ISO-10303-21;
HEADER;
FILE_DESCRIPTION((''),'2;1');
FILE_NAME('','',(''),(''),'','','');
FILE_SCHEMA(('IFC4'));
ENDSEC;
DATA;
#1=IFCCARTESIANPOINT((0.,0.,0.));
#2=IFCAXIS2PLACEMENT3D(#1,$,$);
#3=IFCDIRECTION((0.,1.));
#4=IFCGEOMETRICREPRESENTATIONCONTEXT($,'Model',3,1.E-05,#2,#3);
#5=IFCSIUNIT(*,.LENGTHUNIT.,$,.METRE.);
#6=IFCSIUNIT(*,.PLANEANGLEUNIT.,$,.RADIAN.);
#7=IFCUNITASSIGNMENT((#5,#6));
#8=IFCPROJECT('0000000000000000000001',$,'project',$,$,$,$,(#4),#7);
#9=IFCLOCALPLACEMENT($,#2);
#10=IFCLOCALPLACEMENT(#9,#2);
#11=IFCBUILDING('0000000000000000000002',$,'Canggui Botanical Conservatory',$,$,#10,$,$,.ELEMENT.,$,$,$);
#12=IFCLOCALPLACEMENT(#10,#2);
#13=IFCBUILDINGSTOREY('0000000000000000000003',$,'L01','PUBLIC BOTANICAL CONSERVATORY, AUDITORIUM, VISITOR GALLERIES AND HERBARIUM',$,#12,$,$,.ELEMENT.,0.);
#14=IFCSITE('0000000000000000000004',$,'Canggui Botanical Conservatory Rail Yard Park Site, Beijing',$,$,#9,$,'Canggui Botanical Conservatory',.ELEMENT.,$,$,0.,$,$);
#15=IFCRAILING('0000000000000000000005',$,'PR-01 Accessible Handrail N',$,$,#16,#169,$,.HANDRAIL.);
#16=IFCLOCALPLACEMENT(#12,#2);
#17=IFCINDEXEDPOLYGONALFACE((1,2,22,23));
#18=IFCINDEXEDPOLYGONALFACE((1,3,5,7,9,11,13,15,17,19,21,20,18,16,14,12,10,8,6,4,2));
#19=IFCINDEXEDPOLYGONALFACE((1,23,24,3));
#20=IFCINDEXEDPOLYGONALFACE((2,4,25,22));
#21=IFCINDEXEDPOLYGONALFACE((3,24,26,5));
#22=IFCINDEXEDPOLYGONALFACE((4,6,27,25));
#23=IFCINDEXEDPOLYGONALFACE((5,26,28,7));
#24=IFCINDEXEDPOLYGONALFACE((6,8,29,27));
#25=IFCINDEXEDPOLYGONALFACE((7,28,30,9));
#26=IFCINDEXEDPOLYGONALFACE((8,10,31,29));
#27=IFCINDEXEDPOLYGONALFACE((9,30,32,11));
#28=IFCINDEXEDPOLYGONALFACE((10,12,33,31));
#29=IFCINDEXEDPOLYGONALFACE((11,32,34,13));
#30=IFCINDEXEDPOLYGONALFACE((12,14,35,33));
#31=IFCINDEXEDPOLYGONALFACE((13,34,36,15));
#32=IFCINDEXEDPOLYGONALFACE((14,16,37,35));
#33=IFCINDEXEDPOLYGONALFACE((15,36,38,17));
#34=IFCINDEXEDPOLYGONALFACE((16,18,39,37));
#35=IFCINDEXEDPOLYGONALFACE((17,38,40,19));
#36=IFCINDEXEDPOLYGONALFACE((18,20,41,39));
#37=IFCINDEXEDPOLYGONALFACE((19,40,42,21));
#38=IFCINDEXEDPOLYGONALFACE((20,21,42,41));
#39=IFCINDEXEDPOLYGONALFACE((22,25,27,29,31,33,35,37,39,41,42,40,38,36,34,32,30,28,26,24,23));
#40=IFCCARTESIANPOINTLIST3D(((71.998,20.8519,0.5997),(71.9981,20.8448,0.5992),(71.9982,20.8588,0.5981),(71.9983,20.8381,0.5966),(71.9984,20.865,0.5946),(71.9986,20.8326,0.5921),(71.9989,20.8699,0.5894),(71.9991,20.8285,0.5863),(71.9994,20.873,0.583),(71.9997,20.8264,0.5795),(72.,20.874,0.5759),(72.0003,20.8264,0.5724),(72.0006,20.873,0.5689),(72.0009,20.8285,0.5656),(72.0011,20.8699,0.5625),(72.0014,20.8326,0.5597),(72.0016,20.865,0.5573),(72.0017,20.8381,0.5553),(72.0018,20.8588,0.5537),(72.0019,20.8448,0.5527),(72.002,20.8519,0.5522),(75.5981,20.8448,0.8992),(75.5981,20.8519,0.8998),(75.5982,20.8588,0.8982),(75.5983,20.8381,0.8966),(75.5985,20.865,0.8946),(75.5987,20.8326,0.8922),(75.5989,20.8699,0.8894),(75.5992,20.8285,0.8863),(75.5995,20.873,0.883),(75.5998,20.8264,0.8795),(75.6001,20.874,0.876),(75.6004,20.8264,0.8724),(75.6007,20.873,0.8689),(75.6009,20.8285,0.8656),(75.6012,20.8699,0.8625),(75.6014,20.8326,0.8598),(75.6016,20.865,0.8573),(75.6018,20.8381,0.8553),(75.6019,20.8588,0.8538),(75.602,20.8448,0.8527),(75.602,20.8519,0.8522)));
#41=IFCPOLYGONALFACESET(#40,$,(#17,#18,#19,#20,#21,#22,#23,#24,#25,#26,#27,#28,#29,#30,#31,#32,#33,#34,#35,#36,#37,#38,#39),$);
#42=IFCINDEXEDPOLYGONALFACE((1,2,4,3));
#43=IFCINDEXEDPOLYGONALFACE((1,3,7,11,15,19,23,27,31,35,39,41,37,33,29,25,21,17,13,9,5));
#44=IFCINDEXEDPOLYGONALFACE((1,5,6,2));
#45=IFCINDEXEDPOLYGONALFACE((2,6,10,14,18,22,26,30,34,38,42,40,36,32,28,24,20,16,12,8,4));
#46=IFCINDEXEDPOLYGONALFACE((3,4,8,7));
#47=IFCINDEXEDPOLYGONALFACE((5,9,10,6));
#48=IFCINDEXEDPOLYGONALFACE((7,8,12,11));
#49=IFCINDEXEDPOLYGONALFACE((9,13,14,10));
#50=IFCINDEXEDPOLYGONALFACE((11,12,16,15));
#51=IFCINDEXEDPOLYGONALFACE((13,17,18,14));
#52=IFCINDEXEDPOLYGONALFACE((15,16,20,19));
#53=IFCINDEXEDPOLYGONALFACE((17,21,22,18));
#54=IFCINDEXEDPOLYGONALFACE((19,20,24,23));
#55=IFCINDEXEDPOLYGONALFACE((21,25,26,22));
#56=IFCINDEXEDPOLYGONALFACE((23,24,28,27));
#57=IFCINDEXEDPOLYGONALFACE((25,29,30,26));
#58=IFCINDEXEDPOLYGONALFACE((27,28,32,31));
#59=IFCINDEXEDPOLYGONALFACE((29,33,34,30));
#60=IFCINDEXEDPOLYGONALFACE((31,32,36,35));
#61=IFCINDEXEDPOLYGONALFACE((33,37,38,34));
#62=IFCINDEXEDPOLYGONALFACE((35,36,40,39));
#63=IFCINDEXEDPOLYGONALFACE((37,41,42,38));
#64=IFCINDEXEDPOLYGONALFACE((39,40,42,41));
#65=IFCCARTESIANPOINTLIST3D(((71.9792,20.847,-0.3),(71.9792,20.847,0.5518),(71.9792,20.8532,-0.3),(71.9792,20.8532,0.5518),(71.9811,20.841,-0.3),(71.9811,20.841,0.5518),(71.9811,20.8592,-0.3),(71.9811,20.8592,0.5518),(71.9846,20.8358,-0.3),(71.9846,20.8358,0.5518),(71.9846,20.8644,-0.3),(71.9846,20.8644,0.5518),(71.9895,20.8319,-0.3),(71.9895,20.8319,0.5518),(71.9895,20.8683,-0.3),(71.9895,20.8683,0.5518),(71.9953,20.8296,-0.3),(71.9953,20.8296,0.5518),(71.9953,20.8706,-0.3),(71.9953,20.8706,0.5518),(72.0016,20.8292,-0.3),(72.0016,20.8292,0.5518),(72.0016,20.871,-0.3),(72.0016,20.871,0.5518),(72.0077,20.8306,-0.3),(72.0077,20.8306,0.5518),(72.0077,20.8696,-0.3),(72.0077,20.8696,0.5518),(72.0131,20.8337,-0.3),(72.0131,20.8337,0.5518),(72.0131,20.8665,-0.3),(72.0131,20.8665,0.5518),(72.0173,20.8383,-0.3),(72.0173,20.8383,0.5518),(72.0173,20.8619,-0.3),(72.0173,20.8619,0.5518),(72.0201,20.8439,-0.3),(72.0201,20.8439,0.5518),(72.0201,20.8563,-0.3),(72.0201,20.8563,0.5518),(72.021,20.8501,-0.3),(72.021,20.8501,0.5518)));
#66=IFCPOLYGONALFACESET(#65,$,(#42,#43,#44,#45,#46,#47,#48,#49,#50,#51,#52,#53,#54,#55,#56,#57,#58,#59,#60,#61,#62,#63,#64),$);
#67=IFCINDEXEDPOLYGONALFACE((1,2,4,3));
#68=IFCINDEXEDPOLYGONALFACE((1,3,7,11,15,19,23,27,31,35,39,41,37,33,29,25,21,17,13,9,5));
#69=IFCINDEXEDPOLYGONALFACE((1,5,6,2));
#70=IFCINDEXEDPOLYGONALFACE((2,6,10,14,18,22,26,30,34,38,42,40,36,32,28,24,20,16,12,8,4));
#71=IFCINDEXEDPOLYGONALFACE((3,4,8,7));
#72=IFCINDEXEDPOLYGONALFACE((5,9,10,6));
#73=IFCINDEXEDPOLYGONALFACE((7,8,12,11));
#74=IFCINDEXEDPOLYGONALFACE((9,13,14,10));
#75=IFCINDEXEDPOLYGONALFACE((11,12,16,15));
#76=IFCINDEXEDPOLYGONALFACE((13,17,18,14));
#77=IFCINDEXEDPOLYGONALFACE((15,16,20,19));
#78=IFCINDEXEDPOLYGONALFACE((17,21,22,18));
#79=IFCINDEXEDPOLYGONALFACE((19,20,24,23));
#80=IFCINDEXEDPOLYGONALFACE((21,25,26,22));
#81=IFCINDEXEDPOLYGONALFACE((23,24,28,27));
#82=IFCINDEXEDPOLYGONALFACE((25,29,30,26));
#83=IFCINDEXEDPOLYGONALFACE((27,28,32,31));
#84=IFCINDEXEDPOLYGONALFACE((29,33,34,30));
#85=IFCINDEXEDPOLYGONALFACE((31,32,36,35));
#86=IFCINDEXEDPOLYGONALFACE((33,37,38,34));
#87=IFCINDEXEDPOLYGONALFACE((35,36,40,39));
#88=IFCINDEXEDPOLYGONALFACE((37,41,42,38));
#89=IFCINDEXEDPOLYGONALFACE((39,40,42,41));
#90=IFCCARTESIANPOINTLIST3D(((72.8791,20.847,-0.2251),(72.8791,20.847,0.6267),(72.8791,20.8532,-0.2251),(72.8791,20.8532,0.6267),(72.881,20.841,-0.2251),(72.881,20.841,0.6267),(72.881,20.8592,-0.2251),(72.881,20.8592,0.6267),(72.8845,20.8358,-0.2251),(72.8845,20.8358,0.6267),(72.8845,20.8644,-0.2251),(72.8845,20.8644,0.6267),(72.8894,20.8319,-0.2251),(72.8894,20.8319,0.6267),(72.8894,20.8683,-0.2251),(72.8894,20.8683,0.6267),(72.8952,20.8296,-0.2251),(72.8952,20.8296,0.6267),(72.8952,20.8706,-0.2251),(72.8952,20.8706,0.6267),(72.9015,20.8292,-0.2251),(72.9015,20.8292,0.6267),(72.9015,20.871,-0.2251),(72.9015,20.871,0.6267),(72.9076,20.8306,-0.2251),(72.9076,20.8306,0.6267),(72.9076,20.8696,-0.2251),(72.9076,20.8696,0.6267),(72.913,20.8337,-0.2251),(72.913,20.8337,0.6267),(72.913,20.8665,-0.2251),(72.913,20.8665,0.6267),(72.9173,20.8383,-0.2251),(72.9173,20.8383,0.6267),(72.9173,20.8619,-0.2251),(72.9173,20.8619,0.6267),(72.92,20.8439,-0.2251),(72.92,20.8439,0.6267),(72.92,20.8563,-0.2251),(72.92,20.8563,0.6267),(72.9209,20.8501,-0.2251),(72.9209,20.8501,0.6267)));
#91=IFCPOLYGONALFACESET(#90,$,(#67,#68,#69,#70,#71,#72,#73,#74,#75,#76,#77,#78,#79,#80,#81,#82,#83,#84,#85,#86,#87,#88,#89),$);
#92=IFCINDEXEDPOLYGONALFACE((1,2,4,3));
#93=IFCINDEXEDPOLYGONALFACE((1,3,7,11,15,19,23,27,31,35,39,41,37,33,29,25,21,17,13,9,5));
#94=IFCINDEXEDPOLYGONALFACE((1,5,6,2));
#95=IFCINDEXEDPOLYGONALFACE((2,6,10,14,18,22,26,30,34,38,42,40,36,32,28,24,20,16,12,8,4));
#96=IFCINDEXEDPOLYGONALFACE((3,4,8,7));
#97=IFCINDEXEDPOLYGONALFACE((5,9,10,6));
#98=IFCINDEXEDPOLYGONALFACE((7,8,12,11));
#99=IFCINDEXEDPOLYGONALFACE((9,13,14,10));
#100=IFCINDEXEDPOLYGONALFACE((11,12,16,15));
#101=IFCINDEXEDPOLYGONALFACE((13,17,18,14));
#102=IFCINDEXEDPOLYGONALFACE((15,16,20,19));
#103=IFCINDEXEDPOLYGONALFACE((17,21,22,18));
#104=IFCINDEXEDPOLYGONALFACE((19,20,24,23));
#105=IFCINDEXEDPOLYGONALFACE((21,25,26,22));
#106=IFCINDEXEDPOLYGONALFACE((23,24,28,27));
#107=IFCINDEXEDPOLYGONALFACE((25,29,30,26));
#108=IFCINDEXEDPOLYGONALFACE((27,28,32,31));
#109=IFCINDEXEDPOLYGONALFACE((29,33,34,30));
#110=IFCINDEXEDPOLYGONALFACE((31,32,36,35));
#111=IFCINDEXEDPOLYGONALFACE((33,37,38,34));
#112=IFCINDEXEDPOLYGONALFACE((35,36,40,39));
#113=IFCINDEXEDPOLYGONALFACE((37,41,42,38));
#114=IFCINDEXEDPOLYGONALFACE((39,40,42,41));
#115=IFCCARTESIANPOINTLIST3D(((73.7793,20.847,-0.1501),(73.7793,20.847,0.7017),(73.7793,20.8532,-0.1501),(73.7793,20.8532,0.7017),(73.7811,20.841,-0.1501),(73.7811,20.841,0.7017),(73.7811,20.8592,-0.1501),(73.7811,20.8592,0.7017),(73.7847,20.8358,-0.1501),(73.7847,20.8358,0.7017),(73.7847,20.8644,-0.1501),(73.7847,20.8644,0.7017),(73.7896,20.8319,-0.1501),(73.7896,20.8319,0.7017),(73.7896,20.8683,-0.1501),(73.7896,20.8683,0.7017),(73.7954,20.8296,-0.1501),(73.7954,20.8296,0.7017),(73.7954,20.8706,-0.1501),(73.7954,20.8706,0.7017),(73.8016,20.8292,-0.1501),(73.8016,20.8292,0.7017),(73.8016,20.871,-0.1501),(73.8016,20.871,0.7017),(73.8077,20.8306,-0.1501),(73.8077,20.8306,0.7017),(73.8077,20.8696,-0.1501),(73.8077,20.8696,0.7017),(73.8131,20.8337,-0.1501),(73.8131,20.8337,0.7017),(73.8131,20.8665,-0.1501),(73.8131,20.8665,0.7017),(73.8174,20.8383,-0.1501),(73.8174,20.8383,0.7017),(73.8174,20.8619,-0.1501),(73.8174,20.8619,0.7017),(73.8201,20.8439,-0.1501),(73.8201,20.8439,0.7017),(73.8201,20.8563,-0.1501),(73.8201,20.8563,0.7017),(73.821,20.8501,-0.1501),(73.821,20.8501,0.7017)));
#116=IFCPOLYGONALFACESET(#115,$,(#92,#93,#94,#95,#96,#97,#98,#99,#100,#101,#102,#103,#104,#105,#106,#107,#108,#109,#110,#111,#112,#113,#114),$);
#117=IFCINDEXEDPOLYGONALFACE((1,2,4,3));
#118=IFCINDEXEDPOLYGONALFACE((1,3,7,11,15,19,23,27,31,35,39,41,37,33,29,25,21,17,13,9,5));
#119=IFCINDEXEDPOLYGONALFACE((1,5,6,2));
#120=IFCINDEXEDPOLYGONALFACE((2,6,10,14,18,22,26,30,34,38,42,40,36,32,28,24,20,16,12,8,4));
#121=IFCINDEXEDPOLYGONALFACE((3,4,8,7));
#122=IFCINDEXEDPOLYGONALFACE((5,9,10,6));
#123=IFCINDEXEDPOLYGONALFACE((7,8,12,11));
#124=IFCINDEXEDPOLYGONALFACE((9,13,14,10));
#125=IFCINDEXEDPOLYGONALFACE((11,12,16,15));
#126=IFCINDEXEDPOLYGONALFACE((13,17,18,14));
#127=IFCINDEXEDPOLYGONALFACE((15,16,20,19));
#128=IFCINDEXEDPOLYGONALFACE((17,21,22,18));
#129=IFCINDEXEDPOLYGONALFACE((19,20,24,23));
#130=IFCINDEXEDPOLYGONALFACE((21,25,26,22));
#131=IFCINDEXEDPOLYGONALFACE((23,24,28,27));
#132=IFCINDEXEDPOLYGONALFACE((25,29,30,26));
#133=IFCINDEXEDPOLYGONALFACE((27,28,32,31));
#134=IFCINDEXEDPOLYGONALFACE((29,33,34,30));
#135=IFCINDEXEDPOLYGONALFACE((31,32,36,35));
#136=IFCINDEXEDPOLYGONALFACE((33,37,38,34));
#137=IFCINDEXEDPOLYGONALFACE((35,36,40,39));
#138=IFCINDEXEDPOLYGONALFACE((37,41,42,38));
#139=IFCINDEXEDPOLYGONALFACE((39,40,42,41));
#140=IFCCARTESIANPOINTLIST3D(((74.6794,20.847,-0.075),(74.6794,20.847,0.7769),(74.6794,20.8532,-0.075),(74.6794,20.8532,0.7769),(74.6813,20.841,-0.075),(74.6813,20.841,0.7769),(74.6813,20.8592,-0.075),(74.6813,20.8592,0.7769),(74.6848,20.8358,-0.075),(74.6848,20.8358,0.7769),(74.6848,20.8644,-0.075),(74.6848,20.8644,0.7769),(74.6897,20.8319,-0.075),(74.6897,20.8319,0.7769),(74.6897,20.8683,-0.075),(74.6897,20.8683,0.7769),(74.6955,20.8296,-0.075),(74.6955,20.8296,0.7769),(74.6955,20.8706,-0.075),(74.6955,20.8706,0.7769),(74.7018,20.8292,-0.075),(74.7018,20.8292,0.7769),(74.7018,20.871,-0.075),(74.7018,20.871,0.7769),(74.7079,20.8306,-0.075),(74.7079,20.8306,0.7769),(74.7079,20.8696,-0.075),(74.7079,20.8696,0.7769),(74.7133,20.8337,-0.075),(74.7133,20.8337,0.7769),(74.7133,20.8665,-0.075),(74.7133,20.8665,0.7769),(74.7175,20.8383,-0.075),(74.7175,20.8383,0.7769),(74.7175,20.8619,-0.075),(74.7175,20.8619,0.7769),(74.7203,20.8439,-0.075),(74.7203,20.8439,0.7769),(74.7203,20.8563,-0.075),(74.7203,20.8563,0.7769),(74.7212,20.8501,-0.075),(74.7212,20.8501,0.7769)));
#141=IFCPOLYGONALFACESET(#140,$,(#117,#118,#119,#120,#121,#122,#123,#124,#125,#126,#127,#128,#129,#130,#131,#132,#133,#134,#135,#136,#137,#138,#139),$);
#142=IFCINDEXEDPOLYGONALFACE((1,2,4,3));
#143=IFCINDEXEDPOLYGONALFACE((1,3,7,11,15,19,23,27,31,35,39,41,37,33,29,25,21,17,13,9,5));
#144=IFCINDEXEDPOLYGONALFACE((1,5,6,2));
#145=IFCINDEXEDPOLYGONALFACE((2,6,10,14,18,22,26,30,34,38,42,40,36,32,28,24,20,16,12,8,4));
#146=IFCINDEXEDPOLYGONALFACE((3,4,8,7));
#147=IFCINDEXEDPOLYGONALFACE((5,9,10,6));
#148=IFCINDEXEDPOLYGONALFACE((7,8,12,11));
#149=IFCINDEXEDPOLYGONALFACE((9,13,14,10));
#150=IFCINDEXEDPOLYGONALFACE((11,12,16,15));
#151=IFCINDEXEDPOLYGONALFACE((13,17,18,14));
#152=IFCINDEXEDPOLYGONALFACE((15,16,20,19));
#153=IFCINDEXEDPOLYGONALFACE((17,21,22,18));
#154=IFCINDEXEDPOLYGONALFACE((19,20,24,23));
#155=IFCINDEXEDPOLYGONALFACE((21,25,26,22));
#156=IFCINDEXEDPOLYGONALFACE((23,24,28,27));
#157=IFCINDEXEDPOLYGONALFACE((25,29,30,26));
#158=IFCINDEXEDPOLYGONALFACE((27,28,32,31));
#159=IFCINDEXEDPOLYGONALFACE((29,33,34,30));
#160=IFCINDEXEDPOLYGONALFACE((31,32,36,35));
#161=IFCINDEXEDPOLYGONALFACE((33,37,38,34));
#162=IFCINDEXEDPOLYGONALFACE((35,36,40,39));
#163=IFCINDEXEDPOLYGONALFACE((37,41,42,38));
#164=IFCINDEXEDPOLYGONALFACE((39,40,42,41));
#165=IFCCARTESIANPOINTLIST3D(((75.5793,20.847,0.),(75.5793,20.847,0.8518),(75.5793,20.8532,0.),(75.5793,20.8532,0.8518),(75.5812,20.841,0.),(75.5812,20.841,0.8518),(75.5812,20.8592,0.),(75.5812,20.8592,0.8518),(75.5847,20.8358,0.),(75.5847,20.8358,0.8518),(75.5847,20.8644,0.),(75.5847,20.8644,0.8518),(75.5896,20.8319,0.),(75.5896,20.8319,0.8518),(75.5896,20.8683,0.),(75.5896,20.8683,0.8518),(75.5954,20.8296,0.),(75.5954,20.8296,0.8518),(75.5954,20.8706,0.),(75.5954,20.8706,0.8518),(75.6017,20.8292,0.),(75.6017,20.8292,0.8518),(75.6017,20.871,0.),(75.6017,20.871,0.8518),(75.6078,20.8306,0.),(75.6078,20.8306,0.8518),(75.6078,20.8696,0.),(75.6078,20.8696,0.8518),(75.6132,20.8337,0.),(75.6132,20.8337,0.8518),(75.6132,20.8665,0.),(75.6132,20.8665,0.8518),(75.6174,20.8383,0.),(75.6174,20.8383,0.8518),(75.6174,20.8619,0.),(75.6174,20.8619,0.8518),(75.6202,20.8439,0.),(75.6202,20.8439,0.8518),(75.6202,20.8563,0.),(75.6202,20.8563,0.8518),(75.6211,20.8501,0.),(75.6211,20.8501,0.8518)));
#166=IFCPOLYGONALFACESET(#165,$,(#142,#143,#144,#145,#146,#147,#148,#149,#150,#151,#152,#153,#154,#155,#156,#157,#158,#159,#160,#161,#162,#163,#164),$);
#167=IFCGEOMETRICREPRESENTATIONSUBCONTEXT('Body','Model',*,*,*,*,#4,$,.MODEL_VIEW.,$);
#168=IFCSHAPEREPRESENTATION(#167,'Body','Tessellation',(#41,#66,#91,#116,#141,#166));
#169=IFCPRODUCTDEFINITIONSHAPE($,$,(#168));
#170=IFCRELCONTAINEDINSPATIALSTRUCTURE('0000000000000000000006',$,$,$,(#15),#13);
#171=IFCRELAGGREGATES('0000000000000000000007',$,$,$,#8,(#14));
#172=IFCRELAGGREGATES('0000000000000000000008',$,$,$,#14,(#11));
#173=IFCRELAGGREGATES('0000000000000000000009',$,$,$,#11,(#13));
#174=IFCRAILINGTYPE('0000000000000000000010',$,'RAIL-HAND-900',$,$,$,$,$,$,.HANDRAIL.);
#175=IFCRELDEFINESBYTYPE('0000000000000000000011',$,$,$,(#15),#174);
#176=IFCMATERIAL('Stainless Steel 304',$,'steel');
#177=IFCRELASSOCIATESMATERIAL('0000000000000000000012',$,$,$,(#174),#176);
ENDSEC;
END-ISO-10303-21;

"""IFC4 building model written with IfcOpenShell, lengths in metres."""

from ifc_helpers import new_model, si_unit, direction, frame, origin, origin_2d, place, context, subcontext, project, spatial, circle, extrude, material, type_object, element, save


model = new_model("IFC4")

# Units and contexts
model_context = context("Model", 3, precision=1e-05, world=origin(), true_north=direction((0.0, 1.0)))
body_context = subcontext(model_context, "Body", "Model", "MODEL_VIEW")
ifc_project = project(units=[si_unit("LENGTHUNIT", "METRE"), si_unit("PLANEANGLEUNIT", "RADIAN")], contexts=[model_context])

# Site, building, storey
site_placement = place(None, origin())
site = spatial("IfcSite", under=ifc_project, at=site_placement, Name="Canggui Botanical Conservatory Rail Yard Park Site, Beijing", LongName="Canggui Botanical Conservatory", CompositionType="ELEMENT", RefElevation=0.0)
building_placement = place(site_placement, origin())
building = spatial("IfcBuilding", under=site, at=building_placement, Name="Canggui Botanical Conservatory", CompositionType="ELEMENT")
storey_placement = place(building_placement, origin())
storey = spatial("IfcBuildingStorey", under=building, at=storey_placement, Name="L01", Description="PUBLIC BOTANICAL CONSERVATORY, AUDITORIUM, VISITOR GALLERIES AND HERBARIUM", CompositionType="ELEMENT", Elevation=0.0)

# Railing
ifc_material_1 = material(Name="Stainless Steel 304", Category="steel")
railing_type = type_object("IfcRailingType", Name="RAIL-HAND-900", PredefinedType="HANDRAIL", material=ifc_material_1)
for number, where, name in (
    (1, (72.0, 20.8501, -0.3), "PR-01 Accessible Handrail N"),
):
    element("IfcRailing", number, at=place(storey_placement, frame(where)), inside=storey, type_object=railing_type, Name=name, PredefinedType="HANDRAIL", context=body_context, shape_type="SweptSolid", body=[
        extrude(circle(Radius=0.0239, at=origin_2d()), frame((0.0, 0.0, 0.876), z_axis=(0.996545, 0.0, 0.083057), x_axis=(0.0, 1.0, 0.0)), (0.0, 0.0, 1.0), 3.6125),
        extrude(circle(Radius=0.021, at=origin_2d()), origin(), (0.0, 0.0, 1.0), 0.8518),
        extrude(circle(Radius=0.021, at=origin_2d()), frame((0.8999, 0.0, 0.075)), (0.0, 0.0, 1.0), 0.8518),
        extrude(circle(Radius=0.021, at=origin_2d()), frame((1.8, 0.0, 0.1499)), (0.0, 0.0, 1.0), 0.8518),
        extrude(circle(Radius=0.021, at=origin_2d()), frame((2.7002, 0.0, 0.2251)), (0.0, 0.0, 1.0), 0.8518),
        extrude(circle(Radius=0.021, at=origin_2d()), frame((3.6001, 0.0, 0.3)), (0.0, 0.0, 1.0), 0.8518),
    ])

save(model, "model.ifc")
